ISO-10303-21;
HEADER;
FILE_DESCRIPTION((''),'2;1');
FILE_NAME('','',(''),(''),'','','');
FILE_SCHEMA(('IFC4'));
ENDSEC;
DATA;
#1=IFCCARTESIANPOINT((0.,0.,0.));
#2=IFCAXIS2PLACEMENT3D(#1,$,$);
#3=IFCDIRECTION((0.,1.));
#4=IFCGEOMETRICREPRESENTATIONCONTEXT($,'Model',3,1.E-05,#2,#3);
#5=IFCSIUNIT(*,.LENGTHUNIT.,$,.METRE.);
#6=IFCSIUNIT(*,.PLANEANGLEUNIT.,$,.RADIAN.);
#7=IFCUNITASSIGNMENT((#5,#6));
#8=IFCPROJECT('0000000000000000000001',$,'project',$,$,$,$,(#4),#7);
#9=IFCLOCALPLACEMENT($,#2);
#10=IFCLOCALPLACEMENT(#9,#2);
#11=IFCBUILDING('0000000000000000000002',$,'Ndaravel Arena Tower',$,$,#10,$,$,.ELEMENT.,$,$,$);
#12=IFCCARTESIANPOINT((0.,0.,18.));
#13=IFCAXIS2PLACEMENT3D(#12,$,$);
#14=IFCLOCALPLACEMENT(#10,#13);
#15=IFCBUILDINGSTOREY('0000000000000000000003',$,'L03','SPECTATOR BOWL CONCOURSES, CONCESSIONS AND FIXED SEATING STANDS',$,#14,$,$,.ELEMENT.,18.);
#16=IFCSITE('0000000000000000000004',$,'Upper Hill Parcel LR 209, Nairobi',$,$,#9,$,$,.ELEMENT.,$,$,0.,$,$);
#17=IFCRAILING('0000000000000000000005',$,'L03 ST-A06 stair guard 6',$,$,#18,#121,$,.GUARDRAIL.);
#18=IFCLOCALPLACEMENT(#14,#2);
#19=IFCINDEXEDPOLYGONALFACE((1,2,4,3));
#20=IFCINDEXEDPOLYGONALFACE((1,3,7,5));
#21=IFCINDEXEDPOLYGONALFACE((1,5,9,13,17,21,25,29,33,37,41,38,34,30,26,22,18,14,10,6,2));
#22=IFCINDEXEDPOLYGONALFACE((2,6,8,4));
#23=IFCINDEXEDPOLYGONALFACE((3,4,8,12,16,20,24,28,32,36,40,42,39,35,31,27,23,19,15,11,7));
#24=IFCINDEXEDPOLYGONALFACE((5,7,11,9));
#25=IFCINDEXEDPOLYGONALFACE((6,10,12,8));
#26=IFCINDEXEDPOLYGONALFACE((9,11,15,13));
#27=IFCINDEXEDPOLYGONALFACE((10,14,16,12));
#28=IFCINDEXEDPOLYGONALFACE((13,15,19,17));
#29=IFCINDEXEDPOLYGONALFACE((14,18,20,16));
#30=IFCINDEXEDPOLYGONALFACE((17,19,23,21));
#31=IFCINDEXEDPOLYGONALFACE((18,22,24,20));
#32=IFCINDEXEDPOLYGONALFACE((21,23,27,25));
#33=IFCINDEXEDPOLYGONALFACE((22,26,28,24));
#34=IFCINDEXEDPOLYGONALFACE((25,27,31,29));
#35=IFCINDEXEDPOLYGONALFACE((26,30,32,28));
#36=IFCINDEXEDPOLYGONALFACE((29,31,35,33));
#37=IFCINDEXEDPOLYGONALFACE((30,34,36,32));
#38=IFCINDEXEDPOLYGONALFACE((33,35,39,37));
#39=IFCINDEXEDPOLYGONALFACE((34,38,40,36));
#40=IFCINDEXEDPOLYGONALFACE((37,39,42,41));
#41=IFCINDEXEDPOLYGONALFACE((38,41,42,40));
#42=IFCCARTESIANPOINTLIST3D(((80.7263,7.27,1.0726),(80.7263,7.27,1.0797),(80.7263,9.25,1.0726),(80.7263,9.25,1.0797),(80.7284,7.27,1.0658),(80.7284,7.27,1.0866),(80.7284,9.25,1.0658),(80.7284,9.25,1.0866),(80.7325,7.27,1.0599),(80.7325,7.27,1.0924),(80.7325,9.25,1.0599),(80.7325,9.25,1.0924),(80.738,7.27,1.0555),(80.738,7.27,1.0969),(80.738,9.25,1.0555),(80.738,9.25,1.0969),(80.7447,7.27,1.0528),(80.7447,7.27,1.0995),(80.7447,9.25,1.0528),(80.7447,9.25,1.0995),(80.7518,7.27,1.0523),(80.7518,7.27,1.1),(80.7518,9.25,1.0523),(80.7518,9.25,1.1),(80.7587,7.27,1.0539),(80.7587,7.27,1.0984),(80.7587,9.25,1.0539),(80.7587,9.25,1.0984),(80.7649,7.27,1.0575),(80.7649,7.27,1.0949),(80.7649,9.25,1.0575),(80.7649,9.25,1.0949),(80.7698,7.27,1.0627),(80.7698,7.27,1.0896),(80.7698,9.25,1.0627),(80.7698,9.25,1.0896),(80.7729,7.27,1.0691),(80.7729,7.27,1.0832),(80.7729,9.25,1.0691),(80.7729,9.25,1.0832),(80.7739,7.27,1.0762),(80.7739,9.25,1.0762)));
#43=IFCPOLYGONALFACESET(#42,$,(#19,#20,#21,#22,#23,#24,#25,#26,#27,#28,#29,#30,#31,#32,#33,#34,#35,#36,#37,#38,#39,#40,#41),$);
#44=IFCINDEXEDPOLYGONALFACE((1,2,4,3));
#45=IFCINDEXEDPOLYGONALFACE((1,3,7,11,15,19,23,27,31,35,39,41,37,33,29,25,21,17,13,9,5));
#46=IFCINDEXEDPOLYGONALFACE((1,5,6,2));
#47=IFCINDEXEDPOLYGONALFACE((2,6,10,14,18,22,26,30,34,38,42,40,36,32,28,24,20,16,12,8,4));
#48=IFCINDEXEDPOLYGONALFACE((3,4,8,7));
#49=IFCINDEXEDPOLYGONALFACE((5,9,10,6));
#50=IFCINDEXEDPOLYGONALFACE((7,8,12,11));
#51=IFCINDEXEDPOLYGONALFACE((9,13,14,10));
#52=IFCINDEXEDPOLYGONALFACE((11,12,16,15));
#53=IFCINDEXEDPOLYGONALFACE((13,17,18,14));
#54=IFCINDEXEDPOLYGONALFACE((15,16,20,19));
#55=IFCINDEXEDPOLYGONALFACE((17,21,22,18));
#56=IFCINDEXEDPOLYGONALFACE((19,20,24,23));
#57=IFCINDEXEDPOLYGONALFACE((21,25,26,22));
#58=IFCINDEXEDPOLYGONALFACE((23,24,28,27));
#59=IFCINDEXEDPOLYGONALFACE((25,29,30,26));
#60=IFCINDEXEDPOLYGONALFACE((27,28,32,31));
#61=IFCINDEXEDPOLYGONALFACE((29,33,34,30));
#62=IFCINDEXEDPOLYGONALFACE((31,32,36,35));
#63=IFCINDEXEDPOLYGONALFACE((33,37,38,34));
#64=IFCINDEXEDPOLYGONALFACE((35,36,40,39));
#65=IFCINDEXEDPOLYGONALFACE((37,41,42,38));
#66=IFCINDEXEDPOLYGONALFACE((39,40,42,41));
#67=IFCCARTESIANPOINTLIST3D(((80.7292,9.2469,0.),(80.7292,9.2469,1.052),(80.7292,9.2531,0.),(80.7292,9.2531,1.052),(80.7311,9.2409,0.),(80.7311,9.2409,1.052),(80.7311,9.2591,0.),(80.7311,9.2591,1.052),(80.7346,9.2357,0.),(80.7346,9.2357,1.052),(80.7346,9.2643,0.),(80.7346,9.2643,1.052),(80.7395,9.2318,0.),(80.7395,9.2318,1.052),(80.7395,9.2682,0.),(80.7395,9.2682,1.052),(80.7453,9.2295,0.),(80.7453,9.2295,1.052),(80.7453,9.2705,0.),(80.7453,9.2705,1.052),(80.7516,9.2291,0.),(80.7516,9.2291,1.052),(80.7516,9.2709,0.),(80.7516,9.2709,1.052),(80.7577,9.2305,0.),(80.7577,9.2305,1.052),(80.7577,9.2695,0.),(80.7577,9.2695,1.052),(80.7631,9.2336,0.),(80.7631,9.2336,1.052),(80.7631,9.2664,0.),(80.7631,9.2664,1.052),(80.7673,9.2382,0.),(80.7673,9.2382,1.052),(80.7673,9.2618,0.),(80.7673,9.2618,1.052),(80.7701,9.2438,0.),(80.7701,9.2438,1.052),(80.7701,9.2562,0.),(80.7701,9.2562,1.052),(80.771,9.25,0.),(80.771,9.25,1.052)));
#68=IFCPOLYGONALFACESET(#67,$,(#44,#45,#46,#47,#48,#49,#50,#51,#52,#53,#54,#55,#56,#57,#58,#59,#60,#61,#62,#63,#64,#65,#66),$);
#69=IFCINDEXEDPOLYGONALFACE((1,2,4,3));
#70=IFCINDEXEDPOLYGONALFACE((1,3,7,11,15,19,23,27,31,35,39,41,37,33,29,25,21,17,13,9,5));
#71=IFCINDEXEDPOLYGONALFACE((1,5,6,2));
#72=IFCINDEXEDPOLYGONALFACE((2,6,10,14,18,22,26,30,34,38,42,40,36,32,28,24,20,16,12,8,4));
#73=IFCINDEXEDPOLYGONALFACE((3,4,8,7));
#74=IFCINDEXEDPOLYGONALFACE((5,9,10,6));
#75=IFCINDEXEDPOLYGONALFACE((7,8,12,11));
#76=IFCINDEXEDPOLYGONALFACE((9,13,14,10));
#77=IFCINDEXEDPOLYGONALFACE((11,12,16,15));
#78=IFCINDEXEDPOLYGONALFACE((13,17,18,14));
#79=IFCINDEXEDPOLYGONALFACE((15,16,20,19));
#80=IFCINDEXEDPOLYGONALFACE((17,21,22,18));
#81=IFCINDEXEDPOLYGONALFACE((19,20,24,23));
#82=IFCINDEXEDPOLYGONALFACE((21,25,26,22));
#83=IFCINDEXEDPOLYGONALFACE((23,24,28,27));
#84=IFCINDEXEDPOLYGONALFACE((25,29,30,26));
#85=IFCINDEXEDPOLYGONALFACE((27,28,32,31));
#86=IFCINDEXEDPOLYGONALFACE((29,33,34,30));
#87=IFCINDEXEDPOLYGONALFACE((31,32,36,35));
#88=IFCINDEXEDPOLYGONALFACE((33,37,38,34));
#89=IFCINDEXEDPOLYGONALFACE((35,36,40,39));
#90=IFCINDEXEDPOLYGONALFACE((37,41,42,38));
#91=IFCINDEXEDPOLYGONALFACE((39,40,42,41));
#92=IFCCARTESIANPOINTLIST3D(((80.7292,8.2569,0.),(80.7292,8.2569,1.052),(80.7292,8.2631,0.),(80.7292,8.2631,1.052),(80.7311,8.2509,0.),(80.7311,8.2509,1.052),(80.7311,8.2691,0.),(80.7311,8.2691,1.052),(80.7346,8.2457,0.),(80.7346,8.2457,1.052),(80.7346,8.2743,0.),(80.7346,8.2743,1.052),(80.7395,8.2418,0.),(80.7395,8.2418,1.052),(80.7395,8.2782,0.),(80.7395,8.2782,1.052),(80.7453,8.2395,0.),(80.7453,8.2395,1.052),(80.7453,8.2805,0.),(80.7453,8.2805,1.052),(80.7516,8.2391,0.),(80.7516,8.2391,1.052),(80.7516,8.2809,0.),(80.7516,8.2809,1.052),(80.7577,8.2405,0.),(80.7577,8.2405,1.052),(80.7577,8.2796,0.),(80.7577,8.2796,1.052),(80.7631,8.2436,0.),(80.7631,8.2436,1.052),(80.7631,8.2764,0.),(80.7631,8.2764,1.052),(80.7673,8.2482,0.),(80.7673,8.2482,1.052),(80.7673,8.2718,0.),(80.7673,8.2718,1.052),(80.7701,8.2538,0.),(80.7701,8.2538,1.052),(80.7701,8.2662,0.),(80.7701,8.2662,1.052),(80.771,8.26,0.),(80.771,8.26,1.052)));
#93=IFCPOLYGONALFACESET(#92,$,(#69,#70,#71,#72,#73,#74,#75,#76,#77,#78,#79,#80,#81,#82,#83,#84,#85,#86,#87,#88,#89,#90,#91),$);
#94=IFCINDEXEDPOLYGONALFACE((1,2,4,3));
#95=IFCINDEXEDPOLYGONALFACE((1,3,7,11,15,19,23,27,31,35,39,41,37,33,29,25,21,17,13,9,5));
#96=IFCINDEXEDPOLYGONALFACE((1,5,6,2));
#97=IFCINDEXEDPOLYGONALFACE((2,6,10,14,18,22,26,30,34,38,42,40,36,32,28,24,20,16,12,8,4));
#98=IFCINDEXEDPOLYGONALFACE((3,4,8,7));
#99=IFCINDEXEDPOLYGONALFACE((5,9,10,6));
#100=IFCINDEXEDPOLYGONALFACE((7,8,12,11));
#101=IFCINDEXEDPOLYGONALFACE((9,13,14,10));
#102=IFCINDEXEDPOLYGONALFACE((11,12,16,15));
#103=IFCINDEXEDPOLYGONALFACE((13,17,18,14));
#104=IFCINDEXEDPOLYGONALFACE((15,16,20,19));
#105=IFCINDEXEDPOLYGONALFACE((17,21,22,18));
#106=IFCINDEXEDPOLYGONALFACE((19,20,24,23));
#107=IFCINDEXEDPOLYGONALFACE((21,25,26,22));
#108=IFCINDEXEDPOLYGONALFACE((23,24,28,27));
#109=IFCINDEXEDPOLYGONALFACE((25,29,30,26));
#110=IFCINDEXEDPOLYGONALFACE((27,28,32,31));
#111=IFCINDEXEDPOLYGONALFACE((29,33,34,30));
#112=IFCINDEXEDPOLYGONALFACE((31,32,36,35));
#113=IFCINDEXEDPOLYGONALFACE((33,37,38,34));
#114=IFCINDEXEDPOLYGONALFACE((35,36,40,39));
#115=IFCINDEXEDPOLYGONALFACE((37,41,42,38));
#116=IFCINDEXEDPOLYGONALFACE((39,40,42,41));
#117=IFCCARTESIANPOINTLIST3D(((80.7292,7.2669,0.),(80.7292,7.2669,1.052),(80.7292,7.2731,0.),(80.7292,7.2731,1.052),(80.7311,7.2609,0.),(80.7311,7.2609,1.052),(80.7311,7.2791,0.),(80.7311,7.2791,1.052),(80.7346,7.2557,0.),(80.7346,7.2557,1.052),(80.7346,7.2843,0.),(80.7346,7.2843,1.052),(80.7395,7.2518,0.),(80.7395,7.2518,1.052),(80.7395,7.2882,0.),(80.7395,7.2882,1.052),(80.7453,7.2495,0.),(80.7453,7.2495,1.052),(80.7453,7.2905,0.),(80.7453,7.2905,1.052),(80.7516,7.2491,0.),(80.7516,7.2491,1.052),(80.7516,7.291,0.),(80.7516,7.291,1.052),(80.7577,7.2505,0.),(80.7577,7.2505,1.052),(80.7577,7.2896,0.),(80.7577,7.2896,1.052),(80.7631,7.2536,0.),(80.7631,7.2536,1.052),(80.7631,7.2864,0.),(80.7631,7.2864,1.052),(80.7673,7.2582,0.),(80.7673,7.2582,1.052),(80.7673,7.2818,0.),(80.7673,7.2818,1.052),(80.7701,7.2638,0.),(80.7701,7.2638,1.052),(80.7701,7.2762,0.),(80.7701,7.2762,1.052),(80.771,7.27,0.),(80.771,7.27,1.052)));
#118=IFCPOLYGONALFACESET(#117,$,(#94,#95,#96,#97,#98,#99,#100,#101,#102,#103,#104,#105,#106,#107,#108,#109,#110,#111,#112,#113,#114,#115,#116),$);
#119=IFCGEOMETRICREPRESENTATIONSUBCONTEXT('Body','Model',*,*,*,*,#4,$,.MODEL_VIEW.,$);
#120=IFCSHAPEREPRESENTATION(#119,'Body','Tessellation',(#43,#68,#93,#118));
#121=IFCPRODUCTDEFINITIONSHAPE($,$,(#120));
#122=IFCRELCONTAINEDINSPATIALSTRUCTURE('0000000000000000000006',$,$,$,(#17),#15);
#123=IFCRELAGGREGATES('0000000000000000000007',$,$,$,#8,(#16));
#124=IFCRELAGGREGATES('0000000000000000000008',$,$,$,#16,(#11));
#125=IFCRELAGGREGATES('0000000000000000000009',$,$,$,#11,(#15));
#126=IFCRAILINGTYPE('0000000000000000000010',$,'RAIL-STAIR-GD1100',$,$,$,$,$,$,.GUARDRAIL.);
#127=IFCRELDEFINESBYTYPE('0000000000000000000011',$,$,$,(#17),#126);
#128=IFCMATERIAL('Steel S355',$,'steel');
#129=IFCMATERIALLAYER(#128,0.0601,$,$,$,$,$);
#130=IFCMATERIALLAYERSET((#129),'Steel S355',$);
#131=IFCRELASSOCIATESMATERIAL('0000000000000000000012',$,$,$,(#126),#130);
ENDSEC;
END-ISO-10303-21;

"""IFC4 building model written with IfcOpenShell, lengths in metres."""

from ifc_helpers import new_model, si_unit, direction, frame, origin, origin_2d, place, context, subcontext, project, spatial, circle, extrude, material, layer, layer_set, type_object, element, save


model = new_model("IFC4")

# Units and contexts
model_context = context("Model", 3, precision=1e-05, world=origin(), true_north=direction((0.0, 1.0)))
body_context = subcontext(model_context, "Body", "Model", "MODEL_VIEW")
ifc_project = project(units=[si_unit("LENGTHUNIT", "METRE"), si_unit("PLANEANGLEUNIT", "RADIAN")], contexts=[model_context])

# Site, building, storey
site_placement = place(None, origin())
site = spatial("IfcSite", under=ifc_project, at=site_placement, Name="Upper Hill Parcel LR 209, Nairobi", CompositionType="ELEMENT", RefElevation=0.0)
building_placement = place(site_placement, origin())
building = spatial("IfcBuilding", under=site, at=building_placement, Name="Ndaravel Arena Tower", CompositionType="ELEMENT")
storey_placement = place(building_placement, frame((0.0, 0.0, 18.0)))
storey = spatial("IfcBuildingStorey", under=building, at=storey_placement, Name="L03", Description="SPECTATOR BOWL CONCOURSES, CONCESSIONS AND FIXED SEATING STANDS", CompositionType="ELEMENT", Elevation=18.0)

# Railing
ifc_material_1 = material(Name="Steel S355", Category="steel")
ifc_layer_1 = layer(ifc_material_1, 0.0601)
ifc_layer_set_1 = layer_set([ifc_layer_1], Name="Steel S355")
railing_type_1 = type_object("IfcRailingType", Name="RAIL-STAIR-GD1100", PredefinedType="GUARDRAIL", material=ifc_layer_set_1)
for number, where, name in (
    (1, (80.75, 9.25, 0.0), "L03 ST-A06 stair guard 6"),
):
    element("IfcRailing", number, at=place(storey_placement, frame(where)), inside=storey, type_object=railing_type_1, Name=name, PredefinedType="GUARDRAIL", context=body_context, shape_type="SweptSolid", body=[
        extrude(circle(Radius=0.0239, at=origin_2d()), frame((0.0, 0.0, 1.0762), z_axis=(0.0, -1.0, 0.0), x_axis=(1.0, 0.0, 0.0)), (0.0, 0.0, 1.0), 1.98),
        extrude(circle(Radius=0.021, at=origin_2d()), origin(), (0.0, 0.0, 1.0), 1.052),
        extrude(circle(Radius=0.021, at=origin_2d()), frame((0.0, -0.99, 0.0)), (0.0, 0.0, 1.0), 1.052),
        extrude(circle(Radius=0.021, at=origin_2d()), frame((0.0, -1.98, 0.0)), (0.0, 0.0, 1.0), 1.052),
    ])

save(model, "model.ifc")
